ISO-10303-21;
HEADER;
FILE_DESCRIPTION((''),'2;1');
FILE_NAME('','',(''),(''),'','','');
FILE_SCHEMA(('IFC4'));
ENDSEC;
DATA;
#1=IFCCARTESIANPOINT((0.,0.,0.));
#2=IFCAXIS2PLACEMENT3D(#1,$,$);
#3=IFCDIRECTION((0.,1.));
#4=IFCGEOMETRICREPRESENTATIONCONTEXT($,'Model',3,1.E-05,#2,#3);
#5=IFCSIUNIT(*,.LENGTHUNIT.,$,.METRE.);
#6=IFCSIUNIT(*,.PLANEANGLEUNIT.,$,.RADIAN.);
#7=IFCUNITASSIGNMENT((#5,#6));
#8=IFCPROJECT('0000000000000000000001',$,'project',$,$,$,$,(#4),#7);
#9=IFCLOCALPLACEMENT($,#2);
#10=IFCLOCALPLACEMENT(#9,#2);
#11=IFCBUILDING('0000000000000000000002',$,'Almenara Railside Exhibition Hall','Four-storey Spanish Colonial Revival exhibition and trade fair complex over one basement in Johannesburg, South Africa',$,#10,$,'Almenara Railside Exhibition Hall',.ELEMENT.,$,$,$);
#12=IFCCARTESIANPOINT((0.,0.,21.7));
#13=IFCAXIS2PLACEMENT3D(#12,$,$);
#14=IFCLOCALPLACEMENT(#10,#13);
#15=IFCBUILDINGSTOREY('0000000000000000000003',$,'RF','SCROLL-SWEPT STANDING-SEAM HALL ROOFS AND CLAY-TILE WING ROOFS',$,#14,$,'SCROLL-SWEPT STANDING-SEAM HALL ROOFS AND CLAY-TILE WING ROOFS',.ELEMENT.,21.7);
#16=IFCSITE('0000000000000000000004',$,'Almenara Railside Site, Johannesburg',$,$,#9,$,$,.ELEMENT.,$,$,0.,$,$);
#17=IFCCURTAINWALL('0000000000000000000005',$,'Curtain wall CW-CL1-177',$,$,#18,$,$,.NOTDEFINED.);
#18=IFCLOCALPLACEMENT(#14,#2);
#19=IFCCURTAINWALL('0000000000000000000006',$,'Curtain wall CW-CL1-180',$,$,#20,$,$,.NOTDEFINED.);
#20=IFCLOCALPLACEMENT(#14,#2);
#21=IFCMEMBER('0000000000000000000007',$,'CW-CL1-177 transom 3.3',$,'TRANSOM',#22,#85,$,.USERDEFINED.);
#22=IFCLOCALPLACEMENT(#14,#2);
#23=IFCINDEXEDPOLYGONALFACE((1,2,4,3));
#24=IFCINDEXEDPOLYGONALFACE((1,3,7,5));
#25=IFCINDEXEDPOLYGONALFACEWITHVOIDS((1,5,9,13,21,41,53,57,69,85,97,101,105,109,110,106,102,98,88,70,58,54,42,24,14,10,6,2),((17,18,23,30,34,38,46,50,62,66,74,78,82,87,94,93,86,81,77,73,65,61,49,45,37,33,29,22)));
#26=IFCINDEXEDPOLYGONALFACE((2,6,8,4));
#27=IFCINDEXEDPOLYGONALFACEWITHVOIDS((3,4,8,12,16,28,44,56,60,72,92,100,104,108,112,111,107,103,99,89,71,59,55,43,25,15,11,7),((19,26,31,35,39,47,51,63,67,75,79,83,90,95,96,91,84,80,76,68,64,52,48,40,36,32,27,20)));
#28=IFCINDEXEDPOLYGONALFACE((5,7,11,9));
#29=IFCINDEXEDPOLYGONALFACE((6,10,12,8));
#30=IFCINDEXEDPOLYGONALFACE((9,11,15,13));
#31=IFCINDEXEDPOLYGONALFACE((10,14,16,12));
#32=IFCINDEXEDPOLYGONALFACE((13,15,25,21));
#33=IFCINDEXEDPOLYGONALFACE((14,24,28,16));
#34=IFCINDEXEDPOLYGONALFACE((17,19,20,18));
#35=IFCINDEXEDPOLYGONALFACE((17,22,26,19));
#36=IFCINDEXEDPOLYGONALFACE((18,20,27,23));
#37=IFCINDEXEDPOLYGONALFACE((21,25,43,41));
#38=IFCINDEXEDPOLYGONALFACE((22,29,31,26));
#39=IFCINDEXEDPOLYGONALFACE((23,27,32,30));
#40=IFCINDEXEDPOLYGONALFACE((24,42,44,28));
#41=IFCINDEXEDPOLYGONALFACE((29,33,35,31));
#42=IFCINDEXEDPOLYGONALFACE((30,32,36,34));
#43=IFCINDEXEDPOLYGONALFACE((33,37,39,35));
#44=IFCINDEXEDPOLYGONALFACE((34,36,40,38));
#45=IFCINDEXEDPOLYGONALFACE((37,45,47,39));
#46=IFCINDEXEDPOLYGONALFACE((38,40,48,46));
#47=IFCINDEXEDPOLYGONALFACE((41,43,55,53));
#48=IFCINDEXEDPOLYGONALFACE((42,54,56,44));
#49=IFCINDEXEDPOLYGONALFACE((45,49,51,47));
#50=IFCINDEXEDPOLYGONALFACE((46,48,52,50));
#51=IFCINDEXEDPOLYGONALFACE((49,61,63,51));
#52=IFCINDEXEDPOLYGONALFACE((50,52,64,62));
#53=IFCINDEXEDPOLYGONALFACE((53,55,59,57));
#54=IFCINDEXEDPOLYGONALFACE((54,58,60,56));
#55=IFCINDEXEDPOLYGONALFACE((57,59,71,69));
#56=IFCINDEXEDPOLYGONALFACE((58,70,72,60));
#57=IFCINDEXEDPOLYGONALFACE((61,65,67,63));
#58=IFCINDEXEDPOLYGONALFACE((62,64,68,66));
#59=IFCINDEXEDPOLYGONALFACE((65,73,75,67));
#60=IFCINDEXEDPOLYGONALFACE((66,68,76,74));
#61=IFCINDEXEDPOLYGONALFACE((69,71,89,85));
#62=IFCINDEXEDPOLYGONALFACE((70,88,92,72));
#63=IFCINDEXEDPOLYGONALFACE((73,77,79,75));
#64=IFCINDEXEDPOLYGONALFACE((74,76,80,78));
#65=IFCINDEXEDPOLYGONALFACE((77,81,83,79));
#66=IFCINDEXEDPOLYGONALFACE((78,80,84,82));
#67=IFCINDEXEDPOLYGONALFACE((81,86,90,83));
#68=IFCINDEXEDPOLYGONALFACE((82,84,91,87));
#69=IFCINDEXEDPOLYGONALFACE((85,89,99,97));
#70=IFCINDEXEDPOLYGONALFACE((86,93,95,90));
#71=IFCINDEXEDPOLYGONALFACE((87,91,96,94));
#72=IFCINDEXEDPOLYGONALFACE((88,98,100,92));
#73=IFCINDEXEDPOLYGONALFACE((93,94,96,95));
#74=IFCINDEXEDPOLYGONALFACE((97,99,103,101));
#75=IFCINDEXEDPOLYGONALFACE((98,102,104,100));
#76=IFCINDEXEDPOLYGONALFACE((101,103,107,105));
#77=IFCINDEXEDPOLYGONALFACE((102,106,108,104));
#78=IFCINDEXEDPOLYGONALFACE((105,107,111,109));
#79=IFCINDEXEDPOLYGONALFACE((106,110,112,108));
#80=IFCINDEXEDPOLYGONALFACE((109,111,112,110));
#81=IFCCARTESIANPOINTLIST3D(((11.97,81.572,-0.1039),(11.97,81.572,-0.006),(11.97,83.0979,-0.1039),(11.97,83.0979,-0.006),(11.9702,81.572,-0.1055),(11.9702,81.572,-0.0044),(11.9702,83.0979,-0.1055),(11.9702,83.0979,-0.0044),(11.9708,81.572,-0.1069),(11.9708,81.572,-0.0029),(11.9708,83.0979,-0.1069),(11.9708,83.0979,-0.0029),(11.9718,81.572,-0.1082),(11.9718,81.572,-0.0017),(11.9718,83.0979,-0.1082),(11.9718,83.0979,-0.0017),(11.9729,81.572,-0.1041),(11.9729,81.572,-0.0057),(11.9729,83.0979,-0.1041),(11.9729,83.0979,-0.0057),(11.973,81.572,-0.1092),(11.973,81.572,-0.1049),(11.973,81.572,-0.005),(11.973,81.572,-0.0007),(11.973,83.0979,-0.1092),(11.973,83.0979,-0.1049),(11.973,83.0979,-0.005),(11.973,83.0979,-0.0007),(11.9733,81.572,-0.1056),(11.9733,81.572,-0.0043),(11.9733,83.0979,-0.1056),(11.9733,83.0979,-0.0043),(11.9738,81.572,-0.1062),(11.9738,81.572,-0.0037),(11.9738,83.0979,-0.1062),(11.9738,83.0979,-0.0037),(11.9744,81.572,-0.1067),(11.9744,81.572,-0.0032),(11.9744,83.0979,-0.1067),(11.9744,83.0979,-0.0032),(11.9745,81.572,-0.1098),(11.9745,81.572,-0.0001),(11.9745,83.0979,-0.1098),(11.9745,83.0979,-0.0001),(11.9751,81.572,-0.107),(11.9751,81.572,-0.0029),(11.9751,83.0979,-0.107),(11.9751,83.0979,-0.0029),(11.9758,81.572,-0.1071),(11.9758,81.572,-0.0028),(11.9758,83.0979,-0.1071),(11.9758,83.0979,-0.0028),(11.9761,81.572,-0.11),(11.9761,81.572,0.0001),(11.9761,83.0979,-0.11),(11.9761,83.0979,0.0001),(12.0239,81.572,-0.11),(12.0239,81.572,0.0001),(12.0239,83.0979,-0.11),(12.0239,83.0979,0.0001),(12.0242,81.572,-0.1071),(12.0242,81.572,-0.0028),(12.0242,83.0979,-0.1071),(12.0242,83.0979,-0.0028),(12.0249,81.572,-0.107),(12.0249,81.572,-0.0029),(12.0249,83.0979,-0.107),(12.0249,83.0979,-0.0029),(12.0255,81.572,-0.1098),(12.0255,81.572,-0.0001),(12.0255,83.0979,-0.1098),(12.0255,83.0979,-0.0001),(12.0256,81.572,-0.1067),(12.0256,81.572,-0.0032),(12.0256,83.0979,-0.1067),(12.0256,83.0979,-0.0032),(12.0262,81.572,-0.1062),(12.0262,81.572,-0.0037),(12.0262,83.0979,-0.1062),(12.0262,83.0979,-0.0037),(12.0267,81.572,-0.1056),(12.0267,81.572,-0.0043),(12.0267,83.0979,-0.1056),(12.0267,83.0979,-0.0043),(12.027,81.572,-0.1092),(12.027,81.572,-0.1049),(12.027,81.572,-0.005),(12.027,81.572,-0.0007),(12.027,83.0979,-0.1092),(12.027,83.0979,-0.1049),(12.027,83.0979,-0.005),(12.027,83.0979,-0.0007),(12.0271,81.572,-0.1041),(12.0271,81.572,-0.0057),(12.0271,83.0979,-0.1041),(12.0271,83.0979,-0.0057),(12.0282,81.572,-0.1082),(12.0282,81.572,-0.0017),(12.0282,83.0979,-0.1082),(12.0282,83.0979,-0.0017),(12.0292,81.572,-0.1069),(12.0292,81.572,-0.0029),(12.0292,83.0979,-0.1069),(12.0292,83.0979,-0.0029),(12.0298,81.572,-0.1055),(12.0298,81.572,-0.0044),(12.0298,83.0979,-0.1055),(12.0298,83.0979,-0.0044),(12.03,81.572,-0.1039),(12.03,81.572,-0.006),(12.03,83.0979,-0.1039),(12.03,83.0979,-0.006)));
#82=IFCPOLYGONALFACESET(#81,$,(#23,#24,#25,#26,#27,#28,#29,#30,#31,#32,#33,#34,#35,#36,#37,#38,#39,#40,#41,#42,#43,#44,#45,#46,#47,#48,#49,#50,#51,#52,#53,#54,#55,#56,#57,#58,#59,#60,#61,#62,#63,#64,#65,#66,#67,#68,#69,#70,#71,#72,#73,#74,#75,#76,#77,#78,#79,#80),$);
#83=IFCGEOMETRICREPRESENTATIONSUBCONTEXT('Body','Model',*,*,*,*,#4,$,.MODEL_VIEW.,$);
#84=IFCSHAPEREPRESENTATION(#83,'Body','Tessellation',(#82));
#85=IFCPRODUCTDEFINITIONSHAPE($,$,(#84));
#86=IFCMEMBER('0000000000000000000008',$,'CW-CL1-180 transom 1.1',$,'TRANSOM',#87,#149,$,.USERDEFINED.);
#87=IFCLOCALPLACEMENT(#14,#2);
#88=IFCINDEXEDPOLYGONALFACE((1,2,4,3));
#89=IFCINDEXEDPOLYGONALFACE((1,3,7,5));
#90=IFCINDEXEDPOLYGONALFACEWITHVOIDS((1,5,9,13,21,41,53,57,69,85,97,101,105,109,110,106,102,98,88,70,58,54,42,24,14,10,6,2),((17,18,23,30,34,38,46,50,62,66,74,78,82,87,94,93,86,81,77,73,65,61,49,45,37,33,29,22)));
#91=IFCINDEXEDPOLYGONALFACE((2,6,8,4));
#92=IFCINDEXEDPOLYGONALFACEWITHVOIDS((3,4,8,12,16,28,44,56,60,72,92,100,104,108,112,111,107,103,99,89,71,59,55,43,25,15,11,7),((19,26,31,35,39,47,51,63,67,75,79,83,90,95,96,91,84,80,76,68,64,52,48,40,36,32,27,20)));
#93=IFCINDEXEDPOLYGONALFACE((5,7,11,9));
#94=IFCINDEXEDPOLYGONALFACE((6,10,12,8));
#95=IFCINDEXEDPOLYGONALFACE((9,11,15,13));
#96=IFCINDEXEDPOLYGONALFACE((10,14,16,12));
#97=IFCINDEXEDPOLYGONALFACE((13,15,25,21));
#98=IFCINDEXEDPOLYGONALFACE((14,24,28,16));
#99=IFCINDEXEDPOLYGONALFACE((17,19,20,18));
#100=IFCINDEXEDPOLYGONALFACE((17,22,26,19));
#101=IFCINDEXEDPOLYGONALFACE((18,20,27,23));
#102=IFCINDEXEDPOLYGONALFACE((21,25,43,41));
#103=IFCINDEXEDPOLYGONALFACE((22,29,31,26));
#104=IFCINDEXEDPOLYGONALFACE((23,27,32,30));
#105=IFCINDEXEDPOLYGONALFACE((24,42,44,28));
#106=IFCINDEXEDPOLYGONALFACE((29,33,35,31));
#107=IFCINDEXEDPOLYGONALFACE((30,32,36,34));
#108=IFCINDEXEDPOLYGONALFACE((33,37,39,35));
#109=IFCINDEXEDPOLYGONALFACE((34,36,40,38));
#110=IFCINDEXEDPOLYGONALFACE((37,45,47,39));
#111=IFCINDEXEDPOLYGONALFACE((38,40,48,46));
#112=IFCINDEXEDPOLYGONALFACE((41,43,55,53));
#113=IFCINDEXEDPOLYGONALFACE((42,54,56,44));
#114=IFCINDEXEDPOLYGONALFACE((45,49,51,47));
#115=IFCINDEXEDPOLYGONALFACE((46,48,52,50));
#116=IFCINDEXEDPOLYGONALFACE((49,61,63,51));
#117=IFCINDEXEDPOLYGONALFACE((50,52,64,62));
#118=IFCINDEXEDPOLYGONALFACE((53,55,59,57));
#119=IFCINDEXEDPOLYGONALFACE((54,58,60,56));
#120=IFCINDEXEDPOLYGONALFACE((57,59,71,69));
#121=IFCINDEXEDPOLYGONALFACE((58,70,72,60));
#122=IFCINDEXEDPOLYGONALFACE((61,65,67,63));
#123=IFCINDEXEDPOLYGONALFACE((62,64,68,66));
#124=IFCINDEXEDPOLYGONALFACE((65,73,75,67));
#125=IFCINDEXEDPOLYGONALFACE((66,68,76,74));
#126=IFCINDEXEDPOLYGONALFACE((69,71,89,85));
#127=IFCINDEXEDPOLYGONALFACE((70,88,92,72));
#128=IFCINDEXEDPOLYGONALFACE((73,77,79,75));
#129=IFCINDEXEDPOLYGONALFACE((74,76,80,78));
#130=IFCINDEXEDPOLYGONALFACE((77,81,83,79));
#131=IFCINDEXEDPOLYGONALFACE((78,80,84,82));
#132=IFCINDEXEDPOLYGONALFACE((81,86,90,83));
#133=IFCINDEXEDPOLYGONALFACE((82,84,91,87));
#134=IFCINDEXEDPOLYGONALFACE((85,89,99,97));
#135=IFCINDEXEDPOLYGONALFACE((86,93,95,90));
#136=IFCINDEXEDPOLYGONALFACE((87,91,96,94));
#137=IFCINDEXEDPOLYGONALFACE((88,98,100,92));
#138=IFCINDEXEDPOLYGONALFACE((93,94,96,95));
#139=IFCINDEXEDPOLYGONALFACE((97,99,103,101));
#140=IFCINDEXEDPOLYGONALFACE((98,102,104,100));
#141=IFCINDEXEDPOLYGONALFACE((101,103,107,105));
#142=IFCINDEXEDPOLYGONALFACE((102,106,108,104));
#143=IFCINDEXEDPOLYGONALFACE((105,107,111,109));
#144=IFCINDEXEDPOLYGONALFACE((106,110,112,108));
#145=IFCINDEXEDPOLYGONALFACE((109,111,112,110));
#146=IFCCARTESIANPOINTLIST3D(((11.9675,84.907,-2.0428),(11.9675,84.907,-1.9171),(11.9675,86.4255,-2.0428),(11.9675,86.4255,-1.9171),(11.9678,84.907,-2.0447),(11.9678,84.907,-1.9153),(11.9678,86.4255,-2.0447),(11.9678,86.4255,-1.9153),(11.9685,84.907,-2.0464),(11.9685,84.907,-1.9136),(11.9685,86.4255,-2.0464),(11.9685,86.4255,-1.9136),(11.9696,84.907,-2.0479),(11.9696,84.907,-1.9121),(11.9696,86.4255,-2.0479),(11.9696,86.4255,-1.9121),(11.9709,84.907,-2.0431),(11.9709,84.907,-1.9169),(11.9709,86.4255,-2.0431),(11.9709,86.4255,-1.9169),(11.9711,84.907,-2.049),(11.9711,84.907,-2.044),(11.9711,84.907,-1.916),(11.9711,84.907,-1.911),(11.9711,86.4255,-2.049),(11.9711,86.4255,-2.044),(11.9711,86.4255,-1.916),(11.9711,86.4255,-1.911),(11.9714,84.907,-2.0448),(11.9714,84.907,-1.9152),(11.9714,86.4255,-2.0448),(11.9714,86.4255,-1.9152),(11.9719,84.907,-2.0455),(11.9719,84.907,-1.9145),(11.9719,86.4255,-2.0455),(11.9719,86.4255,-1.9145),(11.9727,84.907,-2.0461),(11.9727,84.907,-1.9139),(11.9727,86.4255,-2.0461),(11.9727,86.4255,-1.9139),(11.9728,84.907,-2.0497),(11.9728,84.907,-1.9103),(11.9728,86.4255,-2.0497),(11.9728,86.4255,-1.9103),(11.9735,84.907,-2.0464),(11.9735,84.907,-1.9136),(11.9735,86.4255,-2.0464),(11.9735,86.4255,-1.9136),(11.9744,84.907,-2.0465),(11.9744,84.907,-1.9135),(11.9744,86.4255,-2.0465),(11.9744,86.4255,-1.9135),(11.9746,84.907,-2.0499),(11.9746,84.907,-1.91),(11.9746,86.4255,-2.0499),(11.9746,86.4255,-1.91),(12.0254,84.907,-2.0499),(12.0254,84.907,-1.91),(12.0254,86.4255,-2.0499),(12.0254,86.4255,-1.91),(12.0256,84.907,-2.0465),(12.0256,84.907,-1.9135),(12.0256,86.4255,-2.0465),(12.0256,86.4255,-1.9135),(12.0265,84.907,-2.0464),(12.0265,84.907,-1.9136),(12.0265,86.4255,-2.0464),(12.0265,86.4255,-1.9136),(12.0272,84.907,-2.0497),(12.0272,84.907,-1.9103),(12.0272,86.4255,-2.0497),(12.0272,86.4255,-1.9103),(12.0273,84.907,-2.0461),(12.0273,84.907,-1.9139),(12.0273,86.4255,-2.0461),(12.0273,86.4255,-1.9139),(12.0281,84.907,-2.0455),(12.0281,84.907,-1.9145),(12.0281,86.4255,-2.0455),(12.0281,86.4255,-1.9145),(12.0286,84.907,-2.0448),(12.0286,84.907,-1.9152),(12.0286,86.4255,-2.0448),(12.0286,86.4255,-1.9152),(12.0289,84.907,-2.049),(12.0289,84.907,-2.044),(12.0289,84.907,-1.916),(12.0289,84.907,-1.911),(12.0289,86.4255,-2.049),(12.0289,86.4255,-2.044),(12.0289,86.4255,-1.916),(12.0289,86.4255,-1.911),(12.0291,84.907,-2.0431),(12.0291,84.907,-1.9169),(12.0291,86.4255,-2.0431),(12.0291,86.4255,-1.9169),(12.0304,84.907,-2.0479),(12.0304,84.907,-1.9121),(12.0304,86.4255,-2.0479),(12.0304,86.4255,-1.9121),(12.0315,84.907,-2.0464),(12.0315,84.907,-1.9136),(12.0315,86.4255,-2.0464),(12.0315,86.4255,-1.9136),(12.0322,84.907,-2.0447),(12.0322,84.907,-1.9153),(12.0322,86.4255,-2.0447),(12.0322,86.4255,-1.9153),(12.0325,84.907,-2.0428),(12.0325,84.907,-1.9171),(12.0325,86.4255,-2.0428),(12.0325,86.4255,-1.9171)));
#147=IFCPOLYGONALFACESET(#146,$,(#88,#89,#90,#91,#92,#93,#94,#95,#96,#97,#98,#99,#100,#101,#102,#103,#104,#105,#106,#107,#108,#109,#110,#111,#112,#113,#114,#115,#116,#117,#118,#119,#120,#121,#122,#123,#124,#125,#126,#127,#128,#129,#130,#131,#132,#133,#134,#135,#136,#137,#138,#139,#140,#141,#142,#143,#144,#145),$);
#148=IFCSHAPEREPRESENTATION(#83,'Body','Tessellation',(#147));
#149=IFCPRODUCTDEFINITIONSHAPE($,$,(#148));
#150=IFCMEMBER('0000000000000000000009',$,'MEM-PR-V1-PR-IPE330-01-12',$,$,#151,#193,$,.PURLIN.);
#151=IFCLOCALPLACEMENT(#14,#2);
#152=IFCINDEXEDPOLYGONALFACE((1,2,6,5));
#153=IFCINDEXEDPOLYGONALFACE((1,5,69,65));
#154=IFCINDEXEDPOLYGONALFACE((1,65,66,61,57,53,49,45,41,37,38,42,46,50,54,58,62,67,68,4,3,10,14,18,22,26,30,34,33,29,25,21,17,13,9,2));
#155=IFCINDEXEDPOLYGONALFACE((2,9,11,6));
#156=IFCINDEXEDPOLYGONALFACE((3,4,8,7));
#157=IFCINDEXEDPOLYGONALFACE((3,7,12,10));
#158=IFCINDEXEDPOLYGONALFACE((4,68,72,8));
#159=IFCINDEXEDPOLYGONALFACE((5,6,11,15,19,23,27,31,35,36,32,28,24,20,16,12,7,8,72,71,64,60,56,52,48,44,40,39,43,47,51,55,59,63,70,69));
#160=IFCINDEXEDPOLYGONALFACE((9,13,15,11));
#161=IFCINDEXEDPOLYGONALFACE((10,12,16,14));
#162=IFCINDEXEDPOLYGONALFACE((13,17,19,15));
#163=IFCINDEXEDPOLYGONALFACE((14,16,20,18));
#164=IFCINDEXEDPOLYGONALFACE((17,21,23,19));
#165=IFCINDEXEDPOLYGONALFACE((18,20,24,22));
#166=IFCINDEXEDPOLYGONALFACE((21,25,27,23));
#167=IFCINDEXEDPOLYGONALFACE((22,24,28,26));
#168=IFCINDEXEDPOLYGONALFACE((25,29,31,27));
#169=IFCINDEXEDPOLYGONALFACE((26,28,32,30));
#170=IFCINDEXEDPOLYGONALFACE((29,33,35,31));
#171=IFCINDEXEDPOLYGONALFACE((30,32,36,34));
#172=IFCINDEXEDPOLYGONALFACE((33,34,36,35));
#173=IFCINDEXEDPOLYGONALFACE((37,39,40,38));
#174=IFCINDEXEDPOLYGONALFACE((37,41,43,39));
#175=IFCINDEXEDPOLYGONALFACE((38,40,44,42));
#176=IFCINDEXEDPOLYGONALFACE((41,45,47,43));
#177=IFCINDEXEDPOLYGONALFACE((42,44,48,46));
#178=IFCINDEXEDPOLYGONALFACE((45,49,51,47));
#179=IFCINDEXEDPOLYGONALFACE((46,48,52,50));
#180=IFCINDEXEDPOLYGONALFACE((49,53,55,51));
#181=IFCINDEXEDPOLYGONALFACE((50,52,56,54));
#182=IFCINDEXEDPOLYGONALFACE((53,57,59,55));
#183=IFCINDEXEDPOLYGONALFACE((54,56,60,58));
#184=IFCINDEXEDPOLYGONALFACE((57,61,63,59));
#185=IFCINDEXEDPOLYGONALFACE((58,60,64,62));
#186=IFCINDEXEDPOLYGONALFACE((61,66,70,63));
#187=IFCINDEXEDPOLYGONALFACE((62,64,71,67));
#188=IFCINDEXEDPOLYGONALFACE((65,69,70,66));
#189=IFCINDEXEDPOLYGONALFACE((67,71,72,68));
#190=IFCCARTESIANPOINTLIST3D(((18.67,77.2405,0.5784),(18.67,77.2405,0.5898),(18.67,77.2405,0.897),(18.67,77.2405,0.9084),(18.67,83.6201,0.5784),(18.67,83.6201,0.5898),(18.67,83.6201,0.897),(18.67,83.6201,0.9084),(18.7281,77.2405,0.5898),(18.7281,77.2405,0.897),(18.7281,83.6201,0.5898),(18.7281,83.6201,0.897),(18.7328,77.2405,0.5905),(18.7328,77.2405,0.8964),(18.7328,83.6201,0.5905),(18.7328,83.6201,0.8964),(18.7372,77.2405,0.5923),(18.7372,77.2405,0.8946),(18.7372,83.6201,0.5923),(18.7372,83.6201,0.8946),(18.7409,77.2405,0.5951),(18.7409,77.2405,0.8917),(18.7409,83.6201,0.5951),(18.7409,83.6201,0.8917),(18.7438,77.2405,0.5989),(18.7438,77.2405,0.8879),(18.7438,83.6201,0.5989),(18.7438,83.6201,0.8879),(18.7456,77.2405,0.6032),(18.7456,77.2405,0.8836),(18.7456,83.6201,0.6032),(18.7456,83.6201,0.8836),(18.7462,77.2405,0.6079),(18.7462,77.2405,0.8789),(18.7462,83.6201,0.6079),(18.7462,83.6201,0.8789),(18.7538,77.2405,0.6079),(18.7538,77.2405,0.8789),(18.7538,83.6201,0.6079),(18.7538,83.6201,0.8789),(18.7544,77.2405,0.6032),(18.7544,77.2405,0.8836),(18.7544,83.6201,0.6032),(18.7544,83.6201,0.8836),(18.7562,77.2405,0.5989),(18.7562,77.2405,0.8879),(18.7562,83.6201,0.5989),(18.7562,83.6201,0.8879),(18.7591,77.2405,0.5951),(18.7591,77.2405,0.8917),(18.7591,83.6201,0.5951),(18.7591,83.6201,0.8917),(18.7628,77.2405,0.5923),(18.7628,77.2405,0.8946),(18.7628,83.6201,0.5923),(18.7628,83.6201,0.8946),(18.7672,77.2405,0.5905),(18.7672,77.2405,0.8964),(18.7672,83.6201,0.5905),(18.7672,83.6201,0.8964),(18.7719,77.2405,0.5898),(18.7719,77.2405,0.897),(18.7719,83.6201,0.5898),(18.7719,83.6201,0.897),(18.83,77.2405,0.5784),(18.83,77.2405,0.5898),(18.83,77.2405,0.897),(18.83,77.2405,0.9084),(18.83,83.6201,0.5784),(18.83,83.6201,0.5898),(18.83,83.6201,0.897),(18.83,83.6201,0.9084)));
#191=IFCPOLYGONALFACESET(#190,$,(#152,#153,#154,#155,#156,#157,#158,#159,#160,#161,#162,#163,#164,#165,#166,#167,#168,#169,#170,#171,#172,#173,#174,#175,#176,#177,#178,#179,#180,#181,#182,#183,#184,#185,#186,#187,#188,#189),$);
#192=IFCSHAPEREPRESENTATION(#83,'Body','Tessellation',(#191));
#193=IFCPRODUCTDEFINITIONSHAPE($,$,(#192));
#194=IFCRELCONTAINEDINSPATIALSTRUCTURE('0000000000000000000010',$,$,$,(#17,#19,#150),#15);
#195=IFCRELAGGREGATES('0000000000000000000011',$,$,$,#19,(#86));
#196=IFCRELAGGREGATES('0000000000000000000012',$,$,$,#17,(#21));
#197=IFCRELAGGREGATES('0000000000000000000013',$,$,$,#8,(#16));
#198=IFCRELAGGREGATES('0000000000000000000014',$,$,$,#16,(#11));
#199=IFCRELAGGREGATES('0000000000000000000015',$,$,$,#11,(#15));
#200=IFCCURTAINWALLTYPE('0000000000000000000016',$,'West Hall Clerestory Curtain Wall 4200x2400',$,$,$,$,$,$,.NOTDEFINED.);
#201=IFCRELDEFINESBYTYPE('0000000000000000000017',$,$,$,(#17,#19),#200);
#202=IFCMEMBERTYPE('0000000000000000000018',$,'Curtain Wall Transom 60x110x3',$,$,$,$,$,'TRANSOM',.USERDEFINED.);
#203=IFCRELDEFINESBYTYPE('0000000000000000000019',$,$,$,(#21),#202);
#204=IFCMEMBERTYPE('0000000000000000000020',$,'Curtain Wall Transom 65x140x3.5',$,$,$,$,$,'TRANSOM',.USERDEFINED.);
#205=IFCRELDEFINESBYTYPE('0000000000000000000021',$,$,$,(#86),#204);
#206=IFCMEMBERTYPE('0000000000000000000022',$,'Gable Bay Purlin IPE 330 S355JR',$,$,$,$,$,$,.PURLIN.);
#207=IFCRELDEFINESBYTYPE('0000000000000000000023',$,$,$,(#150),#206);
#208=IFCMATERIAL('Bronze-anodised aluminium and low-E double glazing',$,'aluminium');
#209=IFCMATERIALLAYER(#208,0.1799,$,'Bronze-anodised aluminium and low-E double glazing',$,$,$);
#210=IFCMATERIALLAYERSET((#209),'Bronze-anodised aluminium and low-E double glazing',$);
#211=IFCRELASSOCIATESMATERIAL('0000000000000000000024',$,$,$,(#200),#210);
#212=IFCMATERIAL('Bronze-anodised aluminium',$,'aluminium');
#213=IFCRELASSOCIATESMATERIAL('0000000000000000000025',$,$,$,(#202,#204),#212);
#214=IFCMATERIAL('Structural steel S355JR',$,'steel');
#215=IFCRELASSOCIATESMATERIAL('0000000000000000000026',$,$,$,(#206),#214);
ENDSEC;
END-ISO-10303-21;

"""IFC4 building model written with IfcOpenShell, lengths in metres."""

from ifc_helpers import new_model, si_unit, direction, frame, origin, origin_2d, place, context, subcontext, project, spatial, hollow_rectangle, i_section, extrude, material, layer, layer_set, material_profile, profile_set, type_object, element, aggregate, save


model = new_model("IFC4")

# Units and contexts
model_context = context("Model", 3, precision=1e-05, world=origin(), true_north=direction((0.0, 1.0)))
body_context = subcontext(model_context, "Body", "Model", "MODEL_VIEW")
ifc_project = project(units=[si_unit("LENGTHUNIT", "METRE"), si_unit("PLANEANGLEUNIT", "RADIAN")], contexts=[model_context])

# Site, building, storey
site_placement = place(None, origin())
site = spatial("IfcSite", under=ifc_project, at=site_placement, Name="Almenara Railside Site, Johannesburg", CompositionType="ELEMENT", RefElevation=0.0)
building_placement = place(site_placement, origin())
building = spatial("IfcBuilding", under=site, at=building_placement, Name="Almenara Railside Exhibition Hall", Description="Four-storey Spanish Colonial Revival exhibition and trade fair complex over one basement in Johannesburg, South Africa", LongName="Almenara Railside Exhibition Hall", CompositionType="ELEMENT")
storey_placement = place(building_placement, frame((0.0, 0.0, 21.7)))
storey = spatial("IfcBuildingStorey", under=building, at=storey_placement, Name="RF", Description="SCROLL-SWEPT STANDING-SEAM HALL ROOFS AND CLAY-TILE WING ROOFS", LongName="SCROLL-SWEPT STANDING-SEAM HALL ROOFS AND CLAY-TILE WING ROOFS", CompositionType="ELEMENT", Elevation=21.7)

# Shared definitions
ifc_material_1 = material(Name="Structural steel S355JR", Category="steel")

# Curtain wall
ifc_material_2 = material(Name="Bronze-anodised aluminium and low-E double glazing", Category="aluminium")
ifc_layer_1 = layer(ifc_material_2, 0.1799, Name="Bronze-anodised aluminium and low-E double glazing")
ifc_layer_set_1 = layer_set([ifc_layer_1], Name="Bronze-anodised aluminium and low-E double glazing")
curtain_wall_type = type_object("IfcCurtainWallType", Name="West Hall Clerestory Curtain Wall 4200x2400", PredefinedType="NOTDEFINED", material=ifc_layer_set_1)
curtain_wall_1_placement = place(storey_placement, origin())
curtain_wall_1 = element("IfcCurtainWall", 1, at=curtain_wall_1_placement, inside=storey, type_object=curtain_wall_type, Name="Curtain wall CW-CL1-177", PredefinedType="NOTDEFINED")
ifc_material_3 = material(Name="Bronze-anodised aluminium", Category="aluminium")

# Curtain wall
curtain_wall_2_placement = place(storey_placement, origin())
curtain_wall_2 = element("IfcCurtainWall", 2, at=curtain_wall_2_placement, inside=storey, type_object=curtain_wall_type, Name="Curtain wall CW-CL1-180", PredefinedType="NOTDEFINED")

# Members
ifc_material_profile_1 = material_profile(ifc_material_3, hollow_rectangle(XDim=0.0601, YDim=0.1101, WallThickness=0.0029, InnerFilletRadius=0.0029, OuterFilletRadius=0.0061, at=origin_2d()), Name="ALU-TRN 60x110x3")
ifc_profile_set_1 = profile_set([ifc_material_profile_1], Name="Bronze-anodised aluminium")
member_type_1 = type_object("IfcMemberType", Name="Curtain Wall Transom 60x110x3", ElementType="TRANSOM", PredefinedType="USERDEFINED", material=ifc_profile_set_1)
member_1_placement = place(storey_placement, frame((12.0, 81.572, -0.0549), z_axis=(0.0, 1.0, 0.0), x_axis=(-1.0, 0.0, 0.0)))
member_1 = element("IfcMember", 3, at=member_1_placement, type_object=member_type_1, Name="CW-CL1-177 transom 3.3", ObjectType="TRANSOM", PredefinedType="USERDEFINED", context=body_context, shape_type="SweptSolid", body=[
    extrude(hollow_rectangle(XDim=0.0601, YDim=0.1101, WallThickness=0.0029, InnerFilletRadius=0.0029, OuterFilletRadius=0.0061, at=origin_2d()), origin(), (0.0, 0.0, 1.0), 1.5259),
])
ifc_material_profile_2 = material_profile(ifc_material_3, hollow_rectangle(XDim=0.0649, YDim=0.1399, WallThickness=0.0034, InnerFilletRadius=0.0034, OuterFilletRadius=0.0071, at=origin_2d()), Name="ALU-TRN 65x140x3.5")
ifc_profile_set_2 = profile_set([ifc_material_profile_2], Name="Bronze-anodised aluminium")
member_type_2 = type_object("IfcMemberType", Name="Curtain Wall Transom 65x140x3.5", ElementType="TRANSOM", PredefinedType="USERDEFINED", material=ifc_profile_set_2)
member_2_placement = place(storey_placement, frame((12.0, 84.907, -1.98), z_axis=(0.0, 1.0, 0.0), x_axis=(-1.0, 0.0, 0.0)))
member_2 = element("IfcMember", 4, at=member_2_placement, type_object=member_type_2, Name="CW-CL1-180 transom 1.1", ObjectType="TRANSOM", PredefinedType="USERDEFINED", context=body_context, shape_type="SweptSolid", body=[
    extrude(hollow_rectangle(XDim=0.0649, YDim=0.1399, WallThickness=0.0034, InnerFilletRadius=0.0034, OuterFilletRadius=0.0071, at=origin_2d()), origin(), (0.0, 0.0, 1.0), 1.5186),
])
aggregate(curtain_wall_2, [member_2])

# Member
ifc_material_profile_3 = material_profile(ifc_material_1, i_section(OverallWidth=0.1599, OverallDepth=0.3301, WebThickness=0.0076, FlangeThickness=0.0115, FilletRadius=0.0181, at=origin_2d()), Name="IPE 330")
ifc_profile_set_3 = profile_set([ifc_material_profile_3], Name="Structural steel S355JR")
member_type_3 = type_object("IfcMemberType", Name="Gable Bay Purlin IPE 330 S355JR", PredefinedType="PURLIN", material=ifc_profile_set_3)
member_3_placement = place(storey_placement, frame((18.75, 77.2405, 0.7434), z_axis=(0.0, 1.0, 0.0), x_axis=(-1.0, 0.0, 0.0)))
element("IfcMember", 5, at=member_3_placement, inside=storey, type_object=member_type_3, Name="MEM-PR-V1-PR-IPE330-01-12", PredefinedType="PURLIN", context=body_context, shape_type="SweptSolid", body=[
    extrude(i_section(OverallWidth=0.1599, OverallDepth=0.3301, WebThickness=0.0076, FlangeThickness=0.0115, FilletRadius=0.0181, at=origin_2d()), origin(), (0.0, 0.0, 1.0), 6.3796),
])

aggregate(curtain_wall_1, [member_1])

save(model, "model.ifc")
